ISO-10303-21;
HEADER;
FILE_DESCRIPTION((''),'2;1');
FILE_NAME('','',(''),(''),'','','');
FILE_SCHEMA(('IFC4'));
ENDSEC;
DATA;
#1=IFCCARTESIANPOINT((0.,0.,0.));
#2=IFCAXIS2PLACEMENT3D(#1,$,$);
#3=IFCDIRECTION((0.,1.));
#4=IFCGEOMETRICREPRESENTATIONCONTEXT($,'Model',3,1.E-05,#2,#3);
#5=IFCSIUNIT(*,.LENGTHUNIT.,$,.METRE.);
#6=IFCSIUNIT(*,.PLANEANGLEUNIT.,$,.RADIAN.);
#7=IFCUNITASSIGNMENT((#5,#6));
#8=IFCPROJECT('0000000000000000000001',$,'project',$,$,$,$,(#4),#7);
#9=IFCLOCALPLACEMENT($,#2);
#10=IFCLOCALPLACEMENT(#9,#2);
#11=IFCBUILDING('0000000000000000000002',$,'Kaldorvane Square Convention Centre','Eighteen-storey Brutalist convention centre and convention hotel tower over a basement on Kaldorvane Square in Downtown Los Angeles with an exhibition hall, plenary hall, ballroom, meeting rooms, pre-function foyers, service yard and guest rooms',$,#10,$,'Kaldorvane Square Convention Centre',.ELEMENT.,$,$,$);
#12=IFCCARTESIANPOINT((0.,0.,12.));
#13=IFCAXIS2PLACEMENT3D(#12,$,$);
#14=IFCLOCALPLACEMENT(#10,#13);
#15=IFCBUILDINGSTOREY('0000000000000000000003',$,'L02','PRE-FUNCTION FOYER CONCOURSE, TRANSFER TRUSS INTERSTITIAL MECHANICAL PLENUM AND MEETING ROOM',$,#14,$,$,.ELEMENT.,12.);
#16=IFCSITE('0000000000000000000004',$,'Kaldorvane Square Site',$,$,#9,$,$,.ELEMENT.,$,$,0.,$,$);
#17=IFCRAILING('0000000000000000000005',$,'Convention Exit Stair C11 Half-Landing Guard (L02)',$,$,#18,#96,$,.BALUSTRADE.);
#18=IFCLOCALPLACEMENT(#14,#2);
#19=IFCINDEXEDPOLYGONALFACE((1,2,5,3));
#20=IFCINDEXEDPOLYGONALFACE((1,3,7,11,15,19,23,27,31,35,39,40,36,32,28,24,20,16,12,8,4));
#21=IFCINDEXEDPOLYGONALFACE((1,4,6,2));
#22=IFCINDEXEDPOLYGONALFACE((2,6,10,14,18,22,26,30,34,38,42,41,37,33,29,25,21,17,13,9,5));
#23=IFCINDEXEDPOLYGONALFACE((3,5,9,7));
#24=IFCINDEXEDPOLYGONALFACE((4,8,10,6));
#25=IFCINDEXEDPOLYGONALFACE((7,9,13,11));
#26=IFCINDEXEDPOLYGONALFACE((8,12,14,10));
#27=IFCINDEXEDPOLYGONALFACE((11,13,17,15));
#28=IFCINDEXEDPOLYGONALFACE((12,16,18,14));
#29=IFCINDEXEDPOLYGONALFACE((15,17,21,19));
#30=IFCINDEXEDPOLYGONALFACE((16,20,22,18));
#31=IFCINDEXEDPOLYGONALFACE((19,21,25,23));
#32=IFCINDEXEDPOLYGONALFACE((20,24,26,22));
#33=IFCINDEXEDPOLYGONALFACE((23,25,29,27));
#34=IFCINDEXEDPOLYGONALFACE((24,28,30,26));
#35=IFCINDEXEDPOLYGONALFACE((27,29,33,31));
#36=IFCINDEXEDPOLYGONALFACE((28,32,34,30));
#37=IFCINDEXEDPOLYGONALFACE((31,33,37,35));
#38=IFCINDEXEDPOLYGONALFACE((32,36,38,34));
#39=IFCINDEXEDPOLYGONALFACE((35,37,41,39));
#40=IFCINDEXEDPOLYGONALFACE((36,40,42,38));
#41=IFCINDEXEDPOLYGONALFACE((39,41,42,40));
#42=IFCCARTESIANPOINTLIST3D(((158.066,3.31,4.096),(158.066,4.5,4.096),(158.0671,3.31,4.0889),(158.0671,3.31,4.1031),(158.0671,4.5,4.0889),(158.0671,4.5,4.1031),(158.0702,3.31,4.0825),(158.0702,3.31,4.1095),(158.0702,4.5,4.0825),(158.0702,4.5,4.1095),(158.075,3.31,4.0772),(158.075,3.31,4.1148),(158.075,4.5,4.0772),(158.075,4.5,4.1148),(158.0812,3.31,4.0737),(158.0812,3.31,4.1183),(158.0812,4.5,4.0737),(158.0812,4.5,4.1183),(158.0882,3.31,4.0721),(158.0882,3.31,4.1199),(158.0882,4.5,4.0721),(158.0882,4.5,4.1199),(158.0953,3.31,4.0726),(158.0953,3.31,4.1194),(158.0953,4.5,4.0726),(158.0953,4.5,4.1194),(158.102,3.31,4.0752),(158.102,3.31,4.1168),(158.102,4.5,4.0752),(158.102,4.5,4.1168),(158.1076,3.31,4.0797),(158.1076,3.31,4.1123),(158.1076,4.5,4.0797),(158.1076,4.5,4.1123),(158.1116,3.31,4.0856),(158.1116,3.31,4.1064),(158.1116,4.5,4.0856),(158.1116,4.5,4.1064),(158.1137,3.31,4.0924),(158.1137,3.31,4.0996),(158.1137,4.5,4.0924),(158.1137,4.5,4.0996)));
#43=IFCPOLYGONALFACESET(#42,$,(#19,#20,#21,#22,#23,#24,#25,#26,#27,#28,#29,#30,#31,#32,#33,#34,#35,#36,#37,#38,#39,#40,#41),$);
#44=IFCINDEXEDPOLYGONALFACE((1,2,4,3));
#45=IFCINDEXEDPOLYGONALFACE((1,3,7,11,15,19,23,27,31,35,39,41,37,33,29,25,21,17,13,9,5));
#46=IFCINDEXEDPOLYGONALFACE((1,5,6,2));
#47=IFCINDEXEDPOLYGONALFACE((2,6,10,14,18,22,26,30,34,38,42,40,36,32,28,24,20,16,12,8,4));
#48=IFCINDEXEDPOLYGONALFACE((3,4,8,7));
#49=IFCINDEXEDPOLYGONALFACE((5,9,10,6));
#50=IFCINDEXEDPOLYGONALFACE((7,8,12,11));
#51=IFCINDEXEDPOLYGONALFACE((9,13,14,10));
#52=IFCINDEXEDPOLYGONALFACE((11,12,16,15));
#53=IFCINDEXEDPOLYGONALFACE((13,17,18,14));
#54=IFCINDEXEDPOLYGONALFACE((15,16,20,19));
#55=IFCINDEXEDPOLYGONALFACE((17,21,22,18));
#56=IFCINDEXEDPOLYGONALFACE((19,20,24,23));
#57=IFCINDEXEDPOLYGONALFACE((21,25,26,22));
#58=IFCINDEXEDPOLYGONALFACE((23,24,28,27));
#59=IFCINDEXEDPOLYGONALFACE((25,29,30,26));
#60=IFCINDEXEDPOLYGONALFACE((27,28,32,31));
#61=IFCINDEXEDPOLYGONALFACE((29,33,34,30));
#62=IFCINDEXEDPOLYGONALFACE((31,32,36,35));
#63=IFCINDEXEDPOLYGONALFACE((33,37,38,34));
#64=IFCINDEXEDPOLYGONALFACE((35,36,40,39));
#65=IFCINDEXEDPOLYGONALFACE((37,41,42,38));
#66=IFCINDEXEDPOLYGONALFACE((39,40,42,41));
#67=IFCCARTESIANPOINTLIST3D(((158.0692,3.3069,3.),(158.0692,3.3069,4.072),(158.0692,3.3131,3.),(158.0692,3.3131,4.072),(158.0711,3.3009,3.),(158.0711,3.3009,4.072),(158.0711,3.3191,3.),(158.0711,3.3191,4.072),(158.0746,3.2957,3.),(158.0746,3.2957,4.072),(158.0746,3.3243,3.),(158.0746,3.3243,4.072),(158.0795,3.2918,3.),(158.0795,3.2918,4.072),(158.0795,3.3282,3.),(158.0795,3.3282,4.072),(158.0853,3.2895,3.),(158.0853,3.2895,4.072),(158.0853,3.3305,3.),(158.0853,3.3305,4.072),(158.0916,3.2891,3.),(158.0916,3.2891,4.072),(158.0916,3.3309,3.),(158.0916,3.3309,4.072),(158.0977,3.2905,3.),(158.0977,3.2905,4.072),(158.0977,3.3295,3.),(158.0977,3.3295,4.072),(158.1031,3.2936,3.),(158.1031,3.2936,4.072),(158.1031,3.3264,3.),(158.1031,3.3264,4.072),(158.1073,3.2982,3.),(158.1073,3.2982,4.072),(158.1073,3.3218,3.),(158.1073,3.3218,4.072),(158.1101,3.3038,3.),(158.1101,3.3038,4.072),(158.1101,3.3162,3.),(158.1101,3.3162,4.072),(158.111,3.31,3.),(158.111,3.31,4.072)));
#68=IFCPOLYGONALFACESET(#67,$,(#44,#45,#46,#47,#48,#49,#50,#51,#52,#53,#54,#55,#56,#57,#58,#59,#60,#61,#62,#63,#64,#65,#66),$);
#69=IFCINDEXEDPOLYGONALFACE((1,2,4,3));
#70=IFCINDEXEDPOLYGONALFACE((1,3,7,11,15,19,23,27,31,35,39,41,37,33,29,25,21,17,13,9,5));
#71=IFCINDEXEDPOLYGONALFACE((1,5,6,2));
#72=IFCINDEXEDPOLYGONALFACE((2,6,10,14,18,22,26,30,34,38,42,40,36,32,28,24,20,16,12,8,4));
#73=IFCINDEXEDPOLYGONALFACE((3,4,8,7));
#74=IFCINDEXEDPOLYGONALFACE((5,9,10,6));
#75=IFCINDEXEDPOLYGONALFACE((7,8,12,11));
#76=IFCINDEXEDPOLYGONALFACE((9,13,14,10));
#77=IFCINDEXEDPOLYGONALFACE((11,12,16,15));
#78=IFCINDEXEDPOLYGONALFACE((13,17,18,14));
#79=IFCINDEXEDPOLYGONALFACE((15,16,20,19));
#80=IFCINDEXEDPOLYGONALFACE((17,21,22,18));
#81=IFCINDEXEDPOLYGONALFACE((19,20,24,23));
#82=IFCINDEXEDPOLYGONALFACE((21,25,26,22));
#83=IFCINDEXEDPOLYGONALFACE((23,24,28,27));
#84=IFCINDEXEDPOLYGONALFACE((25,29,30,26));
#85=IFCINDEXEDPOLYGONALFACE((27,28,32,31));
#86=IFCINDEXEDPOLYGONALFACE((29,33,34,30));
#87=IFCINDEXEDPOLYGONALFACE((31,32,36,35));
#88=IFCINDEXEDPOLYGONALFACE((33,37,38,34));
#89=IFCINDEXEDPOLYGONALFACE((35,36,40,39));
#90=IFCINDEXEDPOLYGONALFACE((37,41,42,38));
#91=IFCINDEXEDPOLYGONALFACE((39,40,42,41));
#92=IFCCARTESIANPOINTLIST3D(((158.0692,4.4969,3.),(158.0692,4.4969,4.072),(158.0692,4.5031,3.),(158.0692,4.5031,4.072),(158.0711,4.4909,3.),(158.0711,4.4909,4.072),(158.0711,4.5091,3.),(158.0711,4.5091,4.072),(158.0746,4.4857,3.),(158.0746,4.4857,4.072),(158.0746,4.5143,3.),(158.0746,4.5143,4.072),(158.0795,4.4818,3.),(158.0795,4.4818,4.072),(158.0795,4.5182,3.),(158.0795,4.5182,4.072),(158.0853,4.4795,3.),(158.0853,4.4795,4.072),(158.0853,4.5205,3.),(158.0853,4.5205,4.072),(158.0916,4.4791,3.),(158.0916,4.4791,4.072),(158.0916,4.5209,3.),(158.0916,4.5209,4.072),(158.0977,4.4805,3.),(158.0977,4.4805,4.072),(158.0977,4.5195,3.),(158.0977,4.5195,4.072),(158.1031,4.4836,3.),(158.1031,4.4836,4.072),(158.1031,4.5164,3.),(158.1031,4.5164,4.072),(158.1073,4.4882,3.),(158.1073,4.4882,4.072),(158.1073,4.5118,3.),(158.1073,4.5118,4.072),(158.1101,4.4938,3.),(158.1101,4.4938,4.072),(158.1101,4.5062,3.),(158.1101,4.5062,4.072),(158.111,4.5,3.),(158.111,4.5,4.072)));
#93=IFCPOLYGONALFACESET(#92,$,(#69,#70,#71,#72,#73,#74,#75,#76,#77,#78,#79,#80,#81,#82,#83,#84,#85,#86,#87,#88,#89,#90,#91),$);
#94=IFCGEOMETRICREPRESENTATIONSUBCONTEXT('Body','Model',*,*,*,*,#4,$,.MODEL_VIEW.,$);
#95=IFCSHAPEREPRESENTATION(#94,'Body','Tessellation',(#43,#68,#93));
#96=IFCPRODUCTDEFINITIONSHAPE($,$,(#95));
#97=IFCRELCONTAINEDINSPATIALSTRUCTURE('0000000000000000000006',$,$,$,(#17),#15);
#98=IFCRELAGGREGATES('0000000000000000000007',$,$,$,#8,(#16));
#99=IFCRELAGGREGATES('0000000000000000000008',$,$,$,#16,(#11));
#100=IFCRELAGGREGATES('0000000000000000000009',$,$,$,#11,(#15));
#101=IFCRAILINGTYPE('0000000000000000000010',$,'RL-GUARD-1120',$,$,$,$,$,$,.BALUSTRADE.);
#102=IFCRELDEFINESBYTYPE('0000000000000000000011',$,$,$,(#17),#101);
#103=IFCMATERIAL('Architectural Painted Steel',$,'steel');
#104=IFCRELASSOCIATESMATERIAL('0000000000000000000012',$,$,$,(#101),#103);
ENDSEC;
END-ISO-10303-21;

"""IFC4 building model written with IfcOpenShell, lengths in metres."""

from ifc_helpers import new_model, si_unit, direction, frame, origin, origin_2d, place, context, subcontext, project, spatial, circle, extrude, material, type_object, element, save


model = new_model("IFC4")

# Units and contexts
model_context = context("Model", 3, precision=1e-05, world=origin(), true_north=direction((0.0, 1.0)))
body_context = subcontext(model_context, "Body", "Model", "MODEL_VIEW")
ifc_project = project(units=[si_unit("LENGTHUNIT", "METRE"), si_unit("PLANEANGLEUNIT", "RADIAN")], contexts=[model_context])

# Site, building, storey
site_placement = place(None, origin())
site = spatial("IfcSite", under=ifc_project, at=site_placement, Name="Kaldorvane Square Site", CompositionType="ELEMENT", RefElevation=0.0)
building_placement = place(site_placement, origin())
building = spatial("IfcBuilding", under=site, at=building_placement, Name="Kaldorvane Square Convention Centre", Description="Eighteen-storey Brutalist convention centre and convention hotel tower over a basement on Kaldorvane Square in Downtown Los Angeles with an exhibition hall, plenary hall, ballroom, meeting rooms, pre-function foyers, service yard and guest rooms", LongName="Kaldorvane Square Convention Centre", CompositionType="ELEMENT")
storey_placement = place(building_placement, frame((0.0, 0.0, 12.0)))
storey = spatial("IfcBuildingStorey", under=building, at=storey_placement, Name="L02", Description="PRE-FUNCTION FOYER CONCOURSE, TRANSFER TRUSS INTERSTITIAL MECHANICAL PLENUM AND MEETING ROOM", CompositionType="ELEMENT", Elevation=12.0)

# Railing
ifc_material_1 = material(Name="Architectural Painted Steel", Category="steel")
railing_type_1 = type_object("IfcRailingType", Name="RL-GUARD-1120", PredefinedType="BALUSTRADE", material=ifc_material_1)
railing_1_placement = place(storey_placement, frame((158.09, 3.31, 3.0)))
element("IfcRailing", 1, at=railing_1_placement, inside=storey, type_object=railing_type_1, Name="Convention Exit Stair C11 Half-Landing Guard (L02)", PredefinedType="BALUSTRADE", context=body_context, shape_type="SweptSolid", body=[
    extrude(circle(Radius=0.024, at=origin_2d()), frame((0.0, 0.0, 1.096), z_axis=(0.0, 1.0, 0.0), x_axis=(-1.0, 0.0, 0.0)), (0.0, 0.0, 1.0), 1.19),
    extrude(circle(Radius=0.021, at=origin_2d()), origin(), (0.0, 0.0, 1.0), 1.072),
    extrude(circle(Radius=0.021, at=origin_2d()), frame((0.0, 1.19, 0.0)), (0.0, 0.0, 1.0), 1.072),
])

save(model, "model.ifc")
